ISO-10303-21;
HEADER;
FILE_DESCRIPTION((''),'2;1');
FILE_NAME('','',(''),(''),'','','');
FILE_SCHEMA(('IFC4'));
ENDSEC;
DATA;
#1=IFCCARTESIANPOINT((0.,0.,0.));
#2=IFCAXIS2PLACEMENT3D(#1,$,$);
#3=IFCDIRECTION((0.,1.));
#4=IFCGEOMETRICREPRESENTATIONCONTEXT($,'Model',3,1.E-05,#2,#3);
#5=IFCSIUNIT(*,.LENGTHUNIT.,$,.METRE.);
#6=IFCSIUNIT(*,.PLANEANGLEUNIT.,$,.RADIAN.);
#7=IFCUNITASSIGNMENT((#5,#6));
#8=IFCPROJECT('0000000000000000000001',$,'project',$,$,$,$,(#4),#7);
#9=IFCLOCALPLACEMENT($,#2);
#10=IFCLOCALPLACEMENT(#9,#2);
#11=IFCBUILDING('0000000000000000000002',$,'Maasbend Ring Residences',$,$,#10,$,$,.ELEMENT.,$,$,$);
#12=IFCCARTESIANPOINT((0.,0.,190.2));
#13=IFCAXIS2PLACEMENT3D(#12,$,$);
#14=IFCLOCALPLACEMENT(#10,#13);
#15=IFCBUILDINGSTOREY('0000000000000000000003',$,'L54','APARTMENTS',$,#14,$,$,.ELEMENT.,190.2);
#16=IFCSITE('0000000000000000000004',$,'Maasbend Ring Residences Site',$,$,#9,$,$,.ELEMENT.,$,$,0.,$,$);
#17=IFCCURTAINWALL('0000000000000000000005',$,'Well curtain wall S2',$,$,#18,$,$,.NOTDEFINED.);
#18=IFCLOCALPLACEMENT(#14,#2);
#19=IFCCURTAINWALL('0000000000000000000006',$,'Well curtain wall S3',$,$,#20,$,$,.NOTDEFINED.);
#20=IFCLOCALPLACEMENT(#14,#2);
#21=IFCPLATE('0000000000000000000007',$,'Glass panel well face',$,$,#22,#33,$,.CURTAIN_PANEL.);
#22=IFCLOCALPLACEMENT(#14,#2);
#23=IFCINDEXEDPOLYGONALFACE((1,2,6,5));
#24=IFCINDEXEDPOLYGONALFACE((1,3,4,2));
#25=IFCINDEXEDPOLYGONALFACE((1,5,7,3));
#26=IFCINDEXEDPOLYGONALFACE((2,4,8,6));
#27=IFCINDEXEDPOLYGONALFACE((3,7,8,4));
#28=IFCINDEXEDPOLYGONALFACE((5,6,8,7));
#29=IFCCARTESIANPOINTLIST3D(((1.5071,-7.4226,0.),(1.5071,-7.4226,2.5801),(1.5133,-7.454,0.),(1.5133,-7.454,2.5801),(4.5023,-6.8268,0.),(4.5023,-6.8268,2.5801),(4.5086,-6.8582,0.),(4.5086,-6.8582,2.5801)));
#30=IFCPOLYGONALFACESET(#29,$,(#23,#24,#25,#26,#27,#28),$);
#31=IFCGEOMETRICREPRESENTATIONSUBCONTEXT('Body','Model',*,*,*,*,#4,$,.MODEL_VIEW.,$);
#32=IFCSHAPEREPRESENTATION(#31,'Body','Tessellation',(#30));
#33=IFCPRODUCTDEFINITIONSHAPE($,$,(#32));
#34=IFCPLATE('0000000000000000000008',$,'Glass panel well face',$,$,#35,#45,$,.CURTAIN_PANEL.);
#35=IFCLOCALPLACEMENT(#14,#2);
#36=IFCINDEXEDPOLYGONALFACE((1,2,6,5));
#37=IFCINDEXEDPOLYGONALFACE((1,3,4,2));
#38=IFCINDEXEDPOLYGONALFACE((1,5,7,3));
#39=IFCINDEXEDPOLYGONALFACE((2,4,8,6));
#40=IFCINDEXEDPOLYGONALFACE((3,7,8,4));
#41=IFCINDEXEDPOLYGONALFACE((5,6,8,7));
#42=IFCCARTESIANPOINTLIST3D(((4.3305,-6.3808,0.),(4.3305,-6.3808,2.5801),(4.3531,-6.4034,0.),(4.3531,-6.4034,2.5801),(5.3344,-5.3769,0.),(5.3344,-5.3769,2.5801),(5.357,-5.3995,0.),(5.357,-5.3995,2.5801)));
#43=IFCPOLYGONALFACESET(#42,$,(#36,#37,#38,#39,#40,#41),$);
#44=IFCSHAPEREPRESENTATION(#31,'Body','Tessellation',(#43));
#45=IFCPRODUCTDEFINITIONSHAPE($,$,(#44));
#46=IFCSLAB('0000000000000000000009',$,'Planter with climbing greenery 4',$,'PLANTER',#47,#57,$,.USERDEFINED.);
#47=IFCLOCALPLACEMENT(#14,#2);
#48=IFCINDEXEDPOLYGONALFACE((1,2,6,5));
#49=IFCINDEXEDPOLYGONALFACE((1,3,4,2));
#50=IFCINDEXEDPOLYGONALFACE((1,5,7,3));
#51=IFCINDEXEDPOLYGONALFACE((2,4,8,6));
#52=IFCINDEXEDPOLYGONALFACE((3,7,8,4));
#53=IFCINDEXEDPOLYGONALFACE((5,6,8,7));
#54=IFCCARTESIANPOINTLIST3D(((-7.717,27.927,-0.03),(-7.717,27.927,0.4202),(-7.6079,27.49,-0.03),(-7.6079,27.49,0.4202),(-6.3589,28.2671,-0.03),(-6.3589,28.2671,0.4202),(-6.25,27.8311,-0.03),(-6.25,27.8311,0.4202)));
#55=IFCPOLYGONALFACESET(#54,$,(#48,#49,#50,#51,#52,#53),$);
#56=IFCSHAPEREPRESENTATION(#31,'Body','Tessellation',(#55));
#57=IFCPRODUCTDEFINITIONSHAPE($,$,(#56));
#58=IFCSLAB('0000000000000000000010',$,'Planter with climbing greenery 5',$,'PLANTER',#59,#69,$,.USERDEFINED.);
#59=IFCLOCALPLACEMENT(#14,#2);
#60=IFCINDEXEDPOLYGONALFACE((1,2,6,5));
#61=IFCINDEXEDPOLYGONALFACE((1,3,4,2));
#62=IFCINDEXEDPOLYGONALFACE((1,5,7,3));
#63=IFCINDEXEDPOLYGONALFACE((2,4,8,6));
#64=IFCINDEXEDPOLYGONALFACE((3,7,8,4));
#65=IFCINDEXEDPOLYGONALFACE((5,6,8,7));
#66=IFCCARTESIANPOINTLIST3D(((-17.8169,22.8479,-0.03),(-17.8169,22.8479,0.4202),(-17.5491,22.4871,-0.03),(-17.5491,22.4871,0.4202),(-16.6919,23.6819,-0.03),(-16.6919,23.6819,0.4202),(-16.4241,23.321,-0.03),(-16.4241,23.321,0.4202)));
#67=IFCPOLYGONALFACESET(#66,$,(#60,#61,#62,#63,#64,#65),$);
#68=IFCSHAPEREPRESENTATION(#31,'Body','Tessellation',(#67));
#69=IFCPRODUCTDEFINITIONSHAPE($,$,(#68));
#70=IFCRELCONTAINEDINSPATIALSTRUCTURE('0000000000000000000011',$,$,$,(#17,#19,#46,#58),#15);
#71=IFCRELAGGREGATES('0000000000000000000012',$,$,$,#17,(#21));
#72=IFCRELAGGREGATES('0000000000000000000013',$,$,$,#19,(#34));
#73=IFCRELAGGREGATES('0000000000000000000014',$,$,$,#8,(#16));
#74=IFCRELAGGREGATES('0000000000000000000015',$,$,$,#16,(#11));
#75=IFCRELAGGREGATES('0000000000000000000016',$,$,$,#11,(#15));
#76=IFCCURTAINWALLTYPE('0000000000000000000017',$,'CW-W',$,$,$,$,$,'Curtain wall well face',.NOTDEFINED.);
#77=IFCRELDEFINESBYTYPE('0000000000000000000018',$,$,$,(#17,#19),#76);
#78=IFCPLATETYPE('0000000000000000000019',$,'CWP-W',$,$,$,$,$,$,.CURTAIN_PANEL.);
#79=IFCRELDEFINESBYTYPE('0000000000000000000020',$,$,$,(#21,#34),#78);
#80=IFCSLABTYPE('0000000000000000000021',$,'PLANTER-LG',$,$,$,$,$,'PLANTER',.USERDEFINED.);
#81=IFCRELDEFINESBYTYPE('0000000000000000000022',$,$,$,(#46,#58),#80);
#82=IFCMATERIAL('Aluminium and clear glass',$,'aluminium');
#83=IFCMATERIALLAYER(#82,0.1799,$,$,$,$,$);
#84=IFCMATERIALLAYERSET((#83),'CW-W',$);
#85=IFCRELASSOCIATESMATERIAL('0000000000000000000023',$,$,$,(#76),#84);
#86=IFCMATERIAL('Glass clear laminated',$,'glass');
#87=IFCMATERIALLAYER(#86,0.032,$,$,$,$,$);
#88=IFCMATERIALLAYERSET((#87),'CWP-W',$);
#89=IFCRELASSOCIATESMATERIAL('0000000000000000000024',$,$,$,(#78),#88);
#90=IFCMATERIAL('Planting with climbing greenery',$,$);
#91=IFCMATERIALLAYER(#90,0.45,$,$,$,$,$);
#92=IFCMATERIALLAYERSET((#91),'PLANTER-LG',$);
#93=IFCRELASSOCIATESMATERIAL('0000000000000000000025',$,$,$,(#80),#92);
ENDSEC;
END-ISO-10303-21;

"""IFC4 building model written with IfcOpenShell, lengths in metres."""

from ifc_helpers import new_model, si_unit, direction, frame, origin, origin_2d, place, context, subcontext, project, spatial, polyline, rectangle, outline, extrude, material, layer, layer_set, type_object, element, aggregate, save


model = new_model("IFC4")

# Units and contexts
model_context = context("Model", 3, precision=1e-05, world=origin(), true_north=direction((0.0, 1.0)))
body_context = subcontext(model_context, "Body", "Model", "MODEL_VIEW")
ifc_project = project(units=[si_unit("LENGTHUNIT", "METRE"), si_unit("PLANEANGLEUNIT", "RADIAN")], contexts=[model_context])

# Site, building, storey
site_placement = place(None, origin())
site = spatial("IfcSite", under=ifc_project, at=site_placement, Name="Maasbend Ring Residences Site", CompositionType="ELEMENT", RefElevation=0.0)
building_placement = place(site_placement, origin())
building = spatial("IfcBuilding", under=site, at=building_placement, Name="Maasbend Ring Residences", CompositionType="ELEMENT")
storey_placement = place(building_placement, frame((0.0, 0.0, 190.2)))
storey = spatial("IfcBuildingStorey", under=building, at=storey_placement, Name="L54", Description="APARTMENTS", CompositionType="ELEMENT", Elevation=190.2)

# Curtain walls
ifc_material_1 = material(Name="Aluminium and clear glass", Category="aluminium")
ifc_layer_1 = layer(ifc_material_1, 0.1799)
ifc_layer_set_1 = layer_set([ifc_layer_1], Name="CW-W")
curtain_wall_type = type_object("IfcCurtainWallType", Name="CW-W", ElementType="Curtain wall well face", PredefinedType="NOTDEFINED", material=ifc_layer_set_1)
curtain_wall_1_placement = place(storey_placement, origin())
curtain_wall_1 = element("IfcCurtainWall", 1, at=curtain_wall_1_placement, inside=storey, type_object=curtain_wall_type, Name="Well curtain wall S2", PredefinedType="NOTDEFINED")
curtain_wall_2_placement = place(storey_placement, origin())
curtain_wall_2 = element("IfcCurtainWall", 2, at=curtain_wall_2_placement, inside=storey, type_object=curtain_wall_type, Name="Well curtain wall S3", PredefinedType="NOTDEFINED")

# Plates
ifc_material_2 = material(Name="Glass clear laminated", Category="glass")
ifc_layer_2 = layer(ifc_material_2, 0.032)
ifc_layer_set_2 = layer_set([ifc_layer_2], Name="CWP-W")
plate_type = type_object("IfcPlateType", Name="CWP-W", PredefinedType="CURTAIN_PANEL", material=ifc_layer_set_2)
plate_1_placement = place(storey_placement, frame((3.0078, -7.1404, 0.0), z_axis=(0.0, 0.0, 1.0), x_axis=(0.980785, 0.19509, 0.0)))
plate_1 = element("IfcPlate", 3, at=plate_1_placement, type_object=plate_type, Name="Glass panel well face", PredefinedType="CURTAIN_PANEL", context=body_context, shape_type="SweptSolid", body=[
    extrude(rectangle(XDim=3.054, YDim=0.032, at=origin_2d()), origin(), (0.0, 0.0, 1.0), 2.5801),
])
aggregate(curtain_wall_1, [plate_1])
plate_2_placement = place(storey_placement, frame((4.8438, -5.8901, 0.0), z_axis=(0.0, 0.0, 1.0), x_axis=(0.707107, 0.707107, 0.0)))
plate_2 = element("IfcPlate", 4, at=plate_2_placement, type_object=plate_type, Name="Glass panel well face", PredefinedType="CURTAIN_PANEL", context=body_context, shape_type="SweptSolid", body=[
    extrude(rectangle(XDim=1.4197, YDim=0.032, at=origin_2d()), origin(), (0.0, 0.0, 1.0), 2.5801),
])
aggregate(curtain_wall_2, [plate_2])

# Slabs
ifc_material_3 = material(Name="Planting with climbing greenery")
ifc_layer_3 = layer(ifc_material_3, 0.45)
ifc_layer_set_3 = layer_set([ifc_layer_3], Name="PLANTER-LG")
slab_type_1 = type_object("IfcSlabType", Name="PLANTER-LG", ElementType="PLANTER", PredefinedType="USERDEFINED", material=ifc_layer_set_3)
slab_1_placement = place(storey_placement, frame((0.0, 0.0, -0.03)))
element("IfcSlab", 5, at=slab_1_placement, inside=storey, type_object=slab_type_1, Name="Planter with climbing greenery 4", ObjectType="PLANTER", PredefinedType="USERDEFINED", context=body_context, shape_type="SweptSolid", body=[
    extrude(outline(polyline([(-6.3589, 28.2671), (-7.717, 27.927), (-7.6079, 27.49), (-6.25, 27.8311), (-6.3589, 28.2671)])), origin(), (0.0, 0.0, 1.0), 0.4502),
])
slab_2_placement = place(storey_placement, frame((0.0, 0.0, -0.03)))
element("IfcSlab", 6, at=slab_2_placement, inside=storey, type_object=slab_type_1, Name="Planter with climbing greenery 5", ObjectType="PLANTER", PredefinedType="USERDEFINED", context=body_context, shape_type="SweptSolid", body=[
    extrude(outline(polyline([(-16.6919, 23.6819), (-17.8169, 22.8479), (-17.5491, 22.4871), (-16.4241, 23.321), (-16.6919, 23.6819)])), origin(), (0.0, 0.0, 1.0), 0.4502),
])

save(model, "model.ifc")
